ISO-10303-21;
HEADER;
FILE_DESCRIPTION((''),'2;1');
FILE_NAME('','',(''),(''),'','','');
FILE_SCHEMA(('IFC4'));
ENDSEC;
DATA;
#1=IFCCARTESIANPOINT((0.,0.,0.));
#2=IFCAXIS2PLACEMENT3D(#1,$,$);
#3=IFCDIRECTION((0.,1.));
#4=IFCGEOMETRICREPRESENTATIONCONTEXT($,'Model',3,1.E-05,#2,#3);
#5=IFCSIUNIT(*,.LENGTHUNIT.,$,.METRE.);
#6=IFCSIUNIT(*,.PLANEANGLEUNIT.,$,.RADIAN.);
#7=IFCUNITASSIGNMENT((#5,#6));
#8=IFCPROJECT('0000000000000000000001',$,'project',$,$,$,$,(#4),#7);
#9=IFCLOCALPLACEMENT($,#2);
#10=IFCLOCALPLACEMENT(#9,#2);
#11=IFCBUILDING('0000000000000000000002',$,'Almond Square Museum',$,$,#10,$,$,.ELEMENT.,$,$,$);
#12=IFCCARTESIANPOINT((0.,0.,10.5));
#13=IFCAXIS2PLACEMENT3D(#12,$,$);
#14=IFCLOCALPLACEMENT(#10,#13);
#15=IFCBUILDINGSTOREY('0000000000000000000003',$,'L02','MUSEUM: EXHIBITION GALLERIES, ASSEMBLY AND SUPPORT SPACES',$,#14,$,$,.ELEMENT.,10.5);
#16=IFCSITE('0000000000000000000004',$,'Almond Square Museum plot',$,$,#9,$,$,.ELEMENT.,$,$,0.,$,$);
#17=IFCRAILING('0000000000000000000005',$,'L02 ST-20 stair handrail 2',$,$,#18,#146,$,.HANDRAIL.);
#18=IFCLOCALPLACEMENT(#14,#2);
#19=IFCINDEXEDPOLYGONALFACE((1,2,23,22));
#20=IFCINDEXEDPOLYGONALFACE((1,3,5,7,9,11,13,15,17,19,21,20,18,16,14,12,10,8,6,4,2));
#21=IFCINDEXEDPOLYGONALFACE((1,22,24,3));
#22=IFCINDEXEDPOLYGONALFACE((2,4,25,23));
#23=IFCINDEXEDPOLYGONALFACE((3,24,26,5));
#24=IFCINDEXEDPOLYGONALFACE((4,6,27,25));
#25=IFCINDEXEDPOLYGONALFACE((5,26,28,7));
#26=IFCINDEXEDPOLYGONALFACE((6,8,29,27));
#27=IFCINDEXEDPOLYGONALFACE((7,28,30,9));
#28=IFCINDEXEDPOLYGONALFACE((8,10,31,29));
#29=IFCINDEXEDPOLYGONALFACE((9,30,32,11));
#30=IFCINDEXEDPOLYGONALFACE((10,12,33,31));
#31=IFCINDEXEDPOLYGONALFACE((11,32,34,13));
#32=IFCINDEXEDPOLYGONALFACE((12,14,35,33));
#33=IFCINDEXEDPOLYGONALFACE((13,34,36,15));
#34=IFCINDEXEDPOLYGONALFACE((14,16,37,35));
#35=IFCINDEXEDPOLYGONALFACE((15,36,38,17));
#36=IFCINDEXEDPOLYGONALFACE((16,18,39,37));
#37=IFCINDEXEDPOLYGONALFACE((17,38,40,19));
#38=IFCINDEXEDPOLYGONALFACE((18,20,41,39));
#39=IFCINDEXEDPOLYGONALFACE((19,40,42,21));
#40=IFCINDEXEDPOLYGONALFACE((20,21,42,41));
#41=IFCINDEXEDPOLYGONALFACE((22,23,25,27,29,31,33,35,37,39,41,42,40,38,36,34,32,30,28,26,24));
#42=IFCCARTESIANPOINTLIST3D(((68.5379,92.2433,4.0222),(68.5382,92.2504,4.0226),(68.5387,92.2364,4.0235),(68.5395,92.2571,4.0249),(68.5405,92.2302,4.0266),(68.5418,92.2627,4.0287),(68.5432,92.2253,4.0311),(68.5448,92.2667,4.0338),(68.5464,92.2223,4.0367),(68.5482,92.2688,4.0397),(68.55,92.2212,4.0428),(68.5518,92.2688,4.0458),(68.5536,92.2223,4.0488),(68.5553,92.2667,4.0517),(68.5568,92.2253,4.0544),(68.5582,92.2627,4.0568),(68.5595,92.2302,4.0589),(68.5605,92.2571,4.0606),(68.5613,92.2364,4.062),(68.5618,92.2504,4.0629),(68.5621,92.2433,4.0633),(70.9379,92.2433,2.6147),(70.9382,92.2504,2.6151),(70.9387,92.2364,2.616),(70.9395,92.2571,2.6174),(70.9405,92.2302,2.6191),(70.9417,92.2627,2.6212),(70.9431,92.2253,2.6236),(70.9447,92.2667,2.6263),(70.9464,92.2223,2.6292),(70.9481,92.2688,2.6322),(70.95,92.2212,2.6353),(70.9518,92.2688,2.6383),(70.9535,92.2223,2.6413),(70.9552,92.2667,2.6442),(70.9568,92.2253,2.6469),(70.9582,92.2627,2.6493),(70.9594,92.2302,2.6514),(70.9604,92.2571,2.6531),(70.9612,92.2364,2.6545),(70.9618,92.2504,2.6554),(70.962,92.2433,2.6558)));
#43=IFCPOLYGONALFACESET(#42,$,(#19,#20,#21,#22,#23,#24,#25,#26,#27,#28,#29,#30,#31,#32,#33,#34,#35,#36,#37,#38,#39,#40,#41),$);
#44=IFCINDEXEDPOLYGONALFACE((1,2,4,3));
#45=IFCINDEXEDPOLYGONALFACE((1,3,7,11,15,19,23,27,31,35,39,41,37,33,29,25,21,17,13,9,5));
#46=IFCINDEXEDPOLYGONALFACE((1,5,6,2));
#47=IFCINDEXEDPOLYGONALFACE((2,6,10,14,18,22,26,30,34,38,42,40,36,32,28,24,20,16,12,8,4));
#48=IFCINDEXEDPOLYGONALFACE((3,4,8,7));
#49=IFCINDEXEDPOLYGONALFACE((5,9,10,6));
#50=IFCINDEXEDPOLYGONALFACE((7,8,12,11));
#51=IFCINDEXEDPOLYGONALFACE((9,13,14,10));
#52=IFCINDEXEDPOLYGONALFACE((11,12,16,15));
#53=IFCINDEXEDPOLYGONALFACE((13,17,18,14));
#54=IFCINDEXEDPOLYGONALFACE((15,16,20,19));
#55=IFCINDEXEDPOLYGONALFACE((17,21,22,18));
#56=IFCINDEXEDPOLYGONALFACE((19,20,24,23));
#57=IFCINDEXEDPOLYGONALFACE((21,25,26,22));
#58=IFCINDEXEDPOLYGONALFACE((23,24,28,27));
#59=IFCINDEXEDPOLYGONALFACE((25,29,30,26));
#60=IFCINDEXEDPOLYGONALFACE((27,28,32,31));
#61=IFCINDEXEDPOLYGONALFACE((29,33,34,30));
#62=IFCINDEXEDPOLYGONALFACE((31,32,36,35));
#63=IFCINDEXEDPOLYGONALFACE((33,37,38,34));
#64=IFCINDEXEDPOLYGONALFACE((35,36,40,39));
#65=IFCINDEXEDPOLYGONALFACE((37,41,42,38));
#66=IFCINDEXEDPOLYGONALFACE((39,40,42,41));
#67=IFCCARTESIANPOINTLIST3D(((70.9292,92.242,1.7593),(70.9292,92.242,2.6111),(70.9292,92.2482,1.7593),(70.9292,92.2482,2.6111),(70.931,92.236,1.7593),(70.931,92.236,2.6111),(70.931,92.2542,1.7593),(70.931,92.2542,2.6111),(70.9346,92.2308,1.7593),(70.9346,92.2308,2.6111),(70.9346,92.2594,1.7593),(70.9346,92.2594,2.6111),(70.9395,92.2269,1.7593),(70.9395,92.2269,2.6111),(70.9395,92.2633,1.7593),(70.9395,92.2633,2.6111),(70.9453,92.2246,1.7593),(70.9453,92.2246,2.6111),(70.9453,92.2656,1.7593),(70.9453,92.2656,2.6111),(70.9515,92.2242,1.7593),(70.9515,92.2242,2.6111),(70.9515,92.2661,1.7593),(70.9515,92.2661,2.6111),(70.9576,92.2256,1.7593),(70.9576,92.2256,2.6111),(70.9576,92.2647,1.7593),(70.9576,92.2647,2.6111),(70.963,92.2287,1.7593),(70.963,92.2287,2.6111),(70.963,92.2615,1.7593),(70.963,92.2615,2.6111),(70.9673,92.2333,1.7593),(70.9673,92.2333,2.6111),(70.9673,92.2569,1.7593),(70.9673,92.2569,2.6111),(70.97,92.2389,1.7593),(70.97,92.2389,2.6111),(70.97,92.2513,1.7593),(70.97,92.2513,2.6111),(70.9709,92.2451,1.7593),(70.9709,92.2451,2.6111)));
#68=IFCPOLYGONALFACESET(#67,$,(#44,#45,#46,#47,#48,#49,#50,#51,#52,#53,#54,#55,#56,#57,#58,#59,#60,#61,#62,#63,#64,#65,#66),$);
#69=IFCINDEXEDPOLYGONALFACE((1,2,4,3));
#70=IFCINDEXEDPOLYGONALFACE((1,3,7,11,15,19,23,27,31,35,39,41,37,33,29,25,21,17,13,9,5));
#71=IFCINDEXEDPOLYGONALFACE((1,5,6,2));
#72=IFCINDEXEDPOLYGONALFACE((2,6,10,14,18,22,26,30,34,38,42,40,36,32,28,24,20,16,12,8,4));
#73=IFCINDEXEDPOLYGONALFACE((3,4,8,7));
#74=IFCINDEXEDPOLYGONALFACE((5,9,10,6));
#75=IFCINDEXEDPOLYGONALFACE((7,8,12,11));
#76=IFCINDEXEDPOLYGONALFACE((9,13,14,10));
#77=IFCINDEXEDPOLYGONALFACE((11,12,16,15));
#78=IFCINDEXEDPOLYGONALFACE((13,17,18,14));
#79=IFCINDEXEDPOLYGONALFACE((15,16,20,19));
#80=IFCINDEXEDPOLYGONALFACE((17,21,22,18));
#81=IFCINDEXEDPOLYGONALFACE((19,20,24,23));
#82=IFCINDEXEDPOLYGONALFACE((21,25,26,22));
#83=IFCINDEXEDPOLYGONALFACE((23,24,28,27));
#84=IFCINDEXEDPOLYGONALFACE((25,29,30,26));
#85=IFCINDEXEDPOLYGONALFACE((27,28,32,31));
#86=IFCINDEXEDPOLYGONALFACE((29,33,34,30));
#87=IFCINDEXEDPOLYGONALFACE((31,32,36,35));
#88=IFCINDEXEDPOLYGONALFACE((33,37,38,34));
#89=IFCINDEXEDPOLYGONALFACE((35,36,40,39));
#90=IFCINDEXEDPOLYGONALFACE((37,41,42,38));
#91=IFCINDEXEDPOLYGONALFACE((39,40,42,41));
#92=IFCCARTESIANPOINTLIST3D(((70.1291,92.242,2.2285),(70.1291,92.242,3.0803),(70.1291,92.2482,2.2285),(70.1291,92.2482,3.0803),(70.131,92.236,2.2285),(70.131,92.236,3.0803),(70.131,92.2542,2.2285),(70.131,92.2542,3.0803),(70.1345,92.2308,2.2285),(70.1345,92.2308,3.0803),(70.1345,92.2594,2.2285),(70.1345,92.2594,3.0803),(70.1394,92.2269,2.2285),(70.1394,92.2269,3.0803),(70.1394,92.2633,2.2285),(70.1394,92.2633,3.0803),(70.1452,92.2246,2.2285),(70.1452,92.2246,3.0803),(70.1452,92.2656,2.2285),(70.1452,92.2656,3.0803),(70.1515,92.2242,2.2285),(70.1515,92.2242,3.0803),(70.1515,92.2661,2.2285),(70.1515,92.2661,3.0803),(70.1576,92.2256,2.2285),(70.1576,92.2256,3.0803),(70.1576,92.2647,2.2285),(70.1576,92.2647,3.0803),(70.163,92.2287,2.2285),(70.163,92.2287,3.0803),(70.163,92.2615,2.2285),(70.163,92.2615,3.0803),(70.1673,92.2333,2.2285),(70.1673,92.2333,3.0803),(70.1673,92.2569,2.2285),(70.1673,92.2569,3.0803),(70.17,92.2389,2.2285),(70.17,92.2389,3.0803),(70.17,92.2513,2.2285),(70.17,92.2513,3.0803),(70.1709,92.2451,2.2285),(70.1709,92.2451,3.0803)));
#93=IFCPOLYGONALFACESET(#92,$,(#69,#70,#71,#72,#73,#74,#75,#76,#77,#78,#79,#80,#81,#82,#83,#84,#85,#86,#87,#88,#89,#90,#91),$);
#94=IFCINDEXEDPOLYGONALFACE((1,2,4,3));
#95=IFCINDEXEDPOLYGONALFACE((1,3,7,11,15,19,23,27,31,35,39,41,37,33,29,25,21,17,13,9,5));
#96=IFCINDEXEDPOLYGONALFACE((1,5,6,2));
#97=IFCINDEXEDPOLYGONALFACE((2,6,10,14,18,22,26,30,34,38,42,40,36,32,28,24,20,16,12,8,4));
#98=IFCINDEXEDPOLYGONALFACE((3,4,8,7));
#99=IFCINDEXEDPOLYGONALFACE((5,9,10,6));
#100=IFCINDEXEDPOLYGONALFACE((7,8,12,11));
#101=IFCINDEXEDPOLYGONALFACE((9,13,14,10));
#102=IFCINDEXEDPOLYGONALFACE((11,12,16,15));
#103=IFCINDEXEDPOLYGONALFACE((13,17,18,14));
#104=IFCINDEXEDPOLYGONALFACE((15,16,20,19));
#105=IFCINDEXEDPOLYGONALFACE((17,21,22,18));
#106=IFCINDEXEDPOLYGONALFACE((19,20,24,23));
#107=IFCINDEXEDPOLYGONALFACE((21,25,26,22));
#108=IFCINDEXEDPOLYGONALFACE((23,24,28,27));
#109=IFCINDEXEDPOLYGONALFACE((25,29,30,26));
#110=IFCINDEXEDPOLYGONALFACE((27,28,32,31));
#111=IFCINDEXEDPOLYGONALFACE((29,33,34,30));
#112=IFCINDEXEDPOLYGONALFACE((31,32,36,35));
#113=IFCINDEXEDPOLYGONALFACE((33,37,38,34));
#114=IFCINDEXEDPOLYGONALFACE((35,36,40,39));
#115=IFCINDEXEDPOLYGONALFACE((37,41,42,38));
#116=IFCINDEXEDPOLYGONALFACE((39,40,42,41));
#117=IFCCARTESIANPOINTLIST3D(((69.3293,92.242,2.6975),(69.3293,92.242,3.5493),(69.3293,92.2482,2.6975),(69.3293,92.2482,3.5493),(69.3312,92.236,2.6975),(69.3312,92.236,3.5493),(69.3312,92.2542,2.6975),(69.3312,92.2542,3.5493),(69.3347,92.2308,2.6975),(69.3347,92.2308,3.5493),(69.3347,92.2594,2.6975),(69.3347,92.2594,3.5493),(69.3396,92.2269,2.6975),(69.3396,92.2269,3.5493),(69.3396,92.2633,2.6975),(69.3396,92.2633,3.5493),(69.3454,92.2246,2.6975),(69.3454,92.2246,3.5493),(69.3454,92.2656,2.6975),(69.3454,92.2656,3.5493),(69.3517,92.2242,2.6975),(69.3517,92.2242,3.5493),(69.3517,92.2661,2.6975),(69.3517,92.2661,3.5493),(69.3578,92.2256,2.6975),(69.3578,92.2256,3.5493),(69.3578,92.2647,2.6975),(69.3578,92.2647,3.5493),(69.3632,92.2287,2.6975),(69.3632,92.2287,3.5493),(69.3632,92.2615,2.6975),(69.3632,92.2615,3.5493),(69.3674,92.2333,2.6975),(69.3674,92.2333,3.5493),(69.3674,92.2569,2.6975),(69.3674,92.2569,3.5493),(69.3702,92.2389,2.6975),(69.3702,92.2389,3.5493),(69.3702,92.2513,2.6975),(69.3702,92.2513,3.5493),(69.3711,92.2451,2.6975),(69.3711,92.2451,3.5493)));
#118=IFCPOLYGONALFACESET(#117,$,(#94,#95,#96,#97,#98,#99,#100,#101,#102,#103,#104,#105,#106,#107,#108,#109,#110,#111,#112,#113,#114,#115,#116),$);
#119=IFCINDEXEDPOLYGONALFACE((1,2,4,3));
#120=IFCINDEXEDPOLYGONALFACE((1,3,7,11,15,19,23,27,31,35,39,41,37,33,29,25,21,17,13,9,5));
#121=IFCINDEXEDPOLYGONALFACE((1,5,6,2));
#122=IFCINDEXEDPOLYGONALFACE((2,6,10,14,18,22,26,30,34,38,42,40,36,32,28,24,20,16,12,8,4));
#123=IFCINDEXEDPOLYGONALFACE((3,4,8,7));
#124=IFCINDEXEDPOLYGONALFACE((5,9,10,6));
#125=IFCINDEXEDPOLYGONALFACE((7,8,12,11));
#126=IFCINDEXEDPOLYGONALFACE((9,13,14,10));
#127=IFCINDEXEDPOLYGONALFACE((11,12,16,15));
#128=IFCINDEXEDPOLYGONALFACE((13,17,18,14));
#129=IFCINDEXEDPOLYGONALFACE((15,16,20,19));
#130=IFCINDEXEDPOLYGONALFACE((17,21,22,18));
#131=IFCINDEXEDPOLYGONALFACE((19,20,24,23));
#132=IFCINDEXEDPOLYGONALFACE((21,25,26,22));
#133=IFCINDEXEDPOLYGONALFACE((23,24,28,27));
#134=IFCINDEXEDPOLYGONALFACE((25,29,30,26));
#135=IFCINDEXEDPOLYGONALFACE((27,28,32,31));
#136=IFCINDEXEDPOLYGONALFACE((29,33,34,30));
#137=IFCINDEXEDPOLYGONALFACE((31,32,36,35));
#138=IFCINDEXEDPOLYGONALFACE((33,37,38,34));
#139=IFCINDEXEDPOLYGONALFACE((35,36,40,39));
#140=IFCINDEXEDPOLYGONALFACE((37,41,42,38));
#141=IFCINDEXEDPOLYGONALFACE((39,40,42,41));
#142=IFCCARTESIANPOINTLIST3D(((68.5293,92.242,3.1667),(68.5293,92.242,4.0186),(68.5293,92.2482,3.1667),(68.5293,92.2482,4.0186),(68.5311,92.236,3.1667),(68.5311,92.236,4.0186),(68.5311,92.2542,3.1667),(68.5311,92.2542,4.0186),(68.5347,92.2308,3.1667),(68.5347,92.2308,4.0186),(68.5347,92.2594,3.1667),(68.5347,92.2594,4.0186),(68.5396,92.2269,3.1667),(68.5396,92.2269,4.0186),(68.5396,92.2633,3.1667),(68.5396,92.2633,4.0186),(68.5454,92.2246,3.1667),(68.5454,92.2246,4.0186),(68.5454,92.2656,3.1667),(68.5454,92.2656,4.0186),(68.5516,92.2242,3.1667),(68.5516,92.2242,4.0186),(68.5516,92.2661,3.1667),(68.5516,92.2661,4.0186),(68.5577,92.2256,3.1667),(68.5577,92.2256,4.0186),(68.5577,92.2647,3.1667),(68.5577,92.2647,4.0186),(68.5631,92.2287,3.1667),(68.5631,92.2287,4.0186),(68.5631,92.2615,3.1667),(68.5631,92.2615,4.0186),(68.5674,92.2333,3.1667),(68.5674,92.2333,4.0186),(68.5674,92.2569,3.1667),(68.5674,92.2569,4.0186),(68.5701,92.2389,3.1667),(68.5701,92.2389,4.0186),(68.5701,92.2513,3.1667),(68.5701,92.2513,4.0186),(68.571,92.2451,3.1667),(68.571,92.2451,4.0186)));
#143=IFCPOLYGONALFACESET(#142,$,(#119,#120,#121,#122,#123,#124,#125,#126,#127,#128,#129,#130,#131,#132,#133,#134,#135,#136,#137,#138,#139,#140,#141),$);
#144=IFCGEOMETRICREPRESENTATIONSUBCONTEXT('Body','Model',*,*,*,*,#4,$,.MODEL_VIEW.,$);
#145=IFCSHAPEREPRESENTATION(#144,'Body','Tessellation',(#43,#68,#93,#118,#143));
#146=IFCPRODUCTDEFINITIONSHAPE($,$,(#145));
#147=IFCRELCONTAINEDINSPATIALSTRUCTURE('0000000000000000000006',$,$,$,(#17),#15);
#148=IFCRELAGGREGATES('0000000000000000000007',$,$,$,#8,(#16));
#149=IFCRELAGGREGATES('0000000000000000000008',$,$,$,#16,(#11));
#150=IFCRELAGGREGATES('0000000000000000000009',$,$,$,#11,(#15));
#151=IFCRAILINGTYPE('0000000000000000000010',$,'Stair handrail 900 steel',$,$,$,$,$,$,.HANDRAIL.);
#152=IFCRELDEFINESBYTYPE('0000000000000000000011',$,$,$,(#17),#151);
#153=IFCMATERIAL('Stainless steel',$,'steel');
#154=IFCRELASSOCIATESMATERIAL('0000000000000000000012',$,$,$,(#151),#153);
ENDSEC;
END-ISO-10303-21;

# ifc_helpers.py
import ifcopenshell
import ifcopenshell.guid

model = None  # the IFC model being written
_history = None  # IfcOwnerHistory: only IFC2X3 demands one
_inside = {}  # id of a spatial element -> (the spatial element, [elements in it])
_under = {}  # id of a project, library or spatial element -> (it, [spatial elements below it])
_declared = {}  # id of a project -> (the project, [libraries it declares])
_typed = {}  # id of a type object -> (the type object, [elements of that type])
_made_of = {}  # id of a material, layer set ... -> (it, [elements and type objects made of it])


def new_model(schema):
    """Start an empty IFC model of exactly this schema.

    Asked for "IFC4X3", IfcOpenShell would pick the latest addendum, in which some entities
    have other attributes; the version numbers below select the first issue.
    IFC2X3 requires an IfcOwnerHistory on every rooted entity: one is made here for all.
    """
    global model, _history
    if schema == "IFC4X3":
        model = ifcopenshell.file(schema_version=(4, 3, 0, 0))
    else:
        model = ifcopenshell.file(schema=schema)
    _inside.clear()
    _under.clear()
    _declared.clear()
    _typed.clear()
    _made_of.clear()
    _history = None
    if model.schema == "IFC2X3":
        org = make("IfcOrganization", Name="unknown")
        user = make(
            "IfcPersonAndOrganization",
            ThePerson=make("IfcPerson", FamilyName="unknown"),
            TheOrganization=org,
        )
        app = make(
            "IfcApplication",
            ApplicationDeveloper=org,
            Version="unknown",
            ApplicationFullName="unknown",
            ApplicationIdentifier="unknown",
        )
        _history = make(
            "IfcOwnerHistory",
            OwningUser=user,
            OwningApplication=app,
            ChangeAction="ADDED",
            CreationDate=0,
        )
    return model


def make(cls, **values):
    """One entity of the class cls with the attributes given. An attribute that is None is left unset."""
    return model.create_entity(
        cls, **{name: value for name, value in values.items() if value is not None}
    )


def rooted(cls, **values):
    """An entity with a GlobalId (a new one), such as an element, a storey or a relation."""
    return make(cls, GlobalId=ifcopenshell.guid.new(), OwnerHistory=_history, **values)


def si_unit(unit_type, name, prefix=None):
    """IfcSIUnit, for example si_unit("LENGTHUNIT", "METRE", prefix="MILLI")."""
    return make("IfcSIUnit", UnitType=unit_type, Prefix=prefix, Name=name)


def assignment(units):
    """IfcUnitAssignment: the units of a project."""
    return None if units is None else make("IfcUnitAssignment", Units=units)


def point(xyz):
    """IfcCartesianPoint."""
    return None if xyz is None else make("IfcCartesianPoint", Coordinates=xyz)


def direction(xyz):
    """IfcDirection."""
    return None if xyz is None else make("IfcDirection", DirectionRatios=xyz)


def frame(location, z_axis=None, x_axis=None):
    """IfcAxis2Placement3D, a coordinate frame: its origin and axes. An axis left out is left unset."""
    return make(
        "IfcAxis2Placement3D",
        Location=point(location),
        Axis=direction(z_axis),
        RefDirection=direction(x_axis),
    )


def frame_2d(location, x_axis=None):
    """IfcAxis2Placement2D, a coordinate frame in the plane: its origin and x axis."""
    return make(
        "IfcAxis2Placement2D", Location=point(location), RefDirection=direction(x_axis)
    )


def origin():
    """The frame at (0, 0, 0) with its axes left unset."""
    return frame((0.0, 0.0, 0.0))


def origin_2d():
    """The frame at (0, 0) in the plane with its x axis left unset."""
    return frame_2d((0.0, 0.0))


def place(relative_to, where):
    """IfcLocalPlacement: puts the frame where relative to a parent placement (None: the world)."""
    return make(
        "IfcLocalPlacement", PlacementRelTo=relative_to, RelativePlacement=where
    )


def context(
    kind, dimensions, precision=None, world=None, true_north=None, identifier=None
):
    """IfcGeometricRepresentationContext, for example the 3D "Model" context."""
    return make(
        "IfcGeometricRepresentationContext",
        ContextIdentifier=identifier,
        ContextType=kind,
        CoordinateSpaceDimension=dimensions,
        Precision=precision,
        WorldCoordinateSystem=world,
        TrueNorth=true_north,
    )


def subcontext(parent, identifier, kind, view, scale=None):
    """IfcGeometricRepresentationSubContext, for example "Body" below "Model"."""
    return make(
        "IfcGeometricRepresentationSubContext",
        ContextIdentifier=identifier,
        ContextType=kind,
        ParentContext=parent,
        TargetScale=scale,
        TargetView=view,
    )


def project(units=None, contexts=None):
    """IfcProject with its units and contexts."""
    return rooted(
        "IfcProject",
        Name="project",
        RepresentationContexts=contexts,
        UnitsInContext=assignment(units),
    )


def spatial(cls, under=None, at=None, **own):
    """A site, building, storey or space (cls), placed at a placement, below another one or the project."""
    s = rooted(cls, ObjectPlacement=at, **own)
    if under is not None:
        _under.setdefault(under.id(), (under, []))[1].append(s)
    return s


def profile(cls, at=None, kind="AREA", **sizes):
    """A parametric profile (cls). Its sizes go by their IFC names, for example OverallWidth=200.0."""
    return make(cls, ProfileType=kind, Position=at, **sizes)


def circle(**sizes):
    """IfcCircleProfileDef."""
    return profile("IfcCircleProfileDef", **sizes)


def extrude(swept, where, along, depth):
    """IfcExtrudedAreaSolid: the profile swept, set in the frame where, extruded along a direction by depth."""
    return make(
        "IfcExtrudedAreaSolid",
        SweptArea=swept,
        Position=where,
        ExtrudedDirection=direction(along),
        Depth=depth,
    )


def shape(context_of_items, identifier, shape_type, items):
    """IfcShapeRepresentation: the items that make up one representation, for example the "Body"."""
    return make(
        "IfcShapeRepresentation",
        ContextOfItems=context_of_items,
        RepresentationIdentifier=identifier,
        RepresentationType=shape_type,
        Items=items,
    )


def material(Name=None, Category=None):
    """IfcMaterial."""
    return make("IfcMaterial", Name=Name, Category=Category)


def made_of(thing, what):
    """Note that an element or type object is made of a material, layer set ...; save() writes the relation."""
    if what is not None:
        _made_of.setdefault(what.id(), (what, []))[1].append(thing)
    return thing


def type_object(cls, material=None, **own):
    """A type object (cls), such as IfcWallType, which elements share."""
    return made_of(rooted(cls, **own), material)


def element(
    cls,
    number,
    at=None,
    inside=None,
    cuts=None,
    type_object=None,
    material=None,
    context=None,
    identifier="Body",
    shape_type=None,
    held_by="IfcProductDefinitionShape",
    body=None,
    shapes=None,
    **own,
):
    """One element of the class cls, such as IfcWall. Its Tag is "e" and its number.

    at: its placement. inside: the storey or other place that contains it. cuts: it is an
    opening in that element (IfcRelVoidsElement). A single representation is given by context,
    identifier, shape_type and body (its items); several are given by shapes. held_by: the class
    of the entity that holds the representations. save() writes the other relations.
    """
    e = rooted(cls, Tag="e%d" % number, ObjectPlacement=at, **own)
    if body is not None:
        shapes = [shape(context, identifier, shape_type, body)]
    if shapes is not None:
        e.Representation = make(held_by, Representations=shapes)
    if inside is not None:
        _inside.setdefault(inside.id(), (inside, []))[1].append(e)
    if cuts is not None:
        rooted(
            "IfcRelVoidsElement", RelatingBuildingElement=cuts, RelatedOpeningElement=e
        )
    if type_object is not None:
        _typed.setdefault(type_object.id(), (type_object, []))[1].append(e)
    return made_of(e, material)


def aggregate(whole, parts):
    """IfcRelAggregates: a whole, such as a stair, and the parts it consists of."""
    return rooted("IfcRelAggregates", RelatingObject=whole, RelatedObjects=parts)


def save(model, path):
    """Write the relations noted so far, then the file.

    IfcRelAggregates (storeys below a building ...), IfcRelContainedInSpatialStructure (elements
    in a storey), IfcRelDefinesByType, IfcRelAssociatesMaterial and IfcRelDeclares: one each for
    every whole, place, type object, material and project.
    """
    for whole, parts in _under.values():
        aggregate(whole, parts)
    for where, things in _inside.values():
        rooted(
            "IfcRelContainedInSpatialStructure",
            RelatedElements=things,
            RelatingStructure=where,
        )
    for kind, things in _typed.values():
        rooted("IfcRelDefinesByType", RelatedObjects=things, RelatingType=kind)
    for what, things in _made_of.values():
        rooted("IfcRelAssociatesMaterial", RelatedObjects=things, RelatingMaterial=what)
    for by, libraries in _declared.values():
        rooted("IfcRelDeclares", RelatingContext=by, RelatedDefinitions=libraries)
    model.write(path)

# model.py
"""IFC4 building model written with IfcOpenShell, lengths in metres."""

from ifc_helpers import new_model, si_unit, direction, frame, origin, origin_2d, place, context, subcontext, project, spatial, circle, extrude, material, type_object, element, save


model = new_model("IFC4")

# Units and contexts
model_context = context("Model", 3, precision=1e-05, world=origin(), true_north=direction((0.0, 1.0)))
body_context = subcontext(model_context, "Body", "Model", "MODEL_VIEW")
ifc_project = project(units=[si_unit("LENGTHUNIT", "METRE"), si_unit("PLANEANGLEUNIT", "RADIAN")], contexts=[model_context])

# Site, building, storey
site_placement = place(None, origin())
site = spatial("IfcSite", under=ifc_project, at=site_placement, Name="Almond Square Museum plot", CompositionType="ELEMENT", RefElevation=0.0)
building_placement = place(site_placement, origin())
building = spatial("IfcBuilding", under=site, at=building_placement, Name="Almond Square Museum", CompositionType="ELEMENT")
storey_placement = place(building_placement, frame((0.0, 0.0, 10.5)))
storey = spatial("IfcBuildingStorey", under=building, at=storey_placement, Name="L02", Description="MUSEUM: EXHIBITION GALLERIES, ASSEMBLY AND SUPPORT SPACES", CompositionType="ELEMENT", Elevation=10.5)

# Railing
ifc_material_1 = material(Name="Stainless steel", Category="steel")
railing_type_1 = type_object("IfcRailingType", Name="Stair handrail 900 steel", PredefinedType="HANDRAIL", material=ifc_material_1)
railing_1_placement = place(storey_placement, frame((70.95, 92.2451, 1.7593)))
element("IfcRailing", 1, at=railing_1_placement, inside=storey, type_object=railing_type_1, Name="L02 ST-20 stair handrail 2", PredefinedType="HANDRAIL", context=body_context, shape_type="SweptSolid", body=[
    extrude(circle(Radius=0.0239, at=origin_2d()), frame((0.0, 0.0, 0.876), z_axis=(-0.862599, 0.0, 0.505888), x_axis=(0.0, -1.0, 0.0)), (0.0, 0.0, 1.0), 2.7822),
    extrude(circle(Radius=0.021, at=origin_2d()), origin(), (0.0, 0.0, 1.0), 0.8518),
    extrude(circle(Radius=0.021, at=origin_2d()), frame((-0.8, 0.0, 0.4692)), (0.0, 0.0, 1.0), 0.8518),
    extrude(circle(Radius=0.021, at=origin_2d()), frame((-1.5999, 0.0, 0.9382)), (0.0, 0.0, 1.0), 0.8518),
    extrude(circle(Radius=0.021, at=origin_2d()), frame((-2.3999, 0.0, 1.4075)), (0.0, 0.0, 1.0), 0.8518),
])

save(model, "model.ifc")
